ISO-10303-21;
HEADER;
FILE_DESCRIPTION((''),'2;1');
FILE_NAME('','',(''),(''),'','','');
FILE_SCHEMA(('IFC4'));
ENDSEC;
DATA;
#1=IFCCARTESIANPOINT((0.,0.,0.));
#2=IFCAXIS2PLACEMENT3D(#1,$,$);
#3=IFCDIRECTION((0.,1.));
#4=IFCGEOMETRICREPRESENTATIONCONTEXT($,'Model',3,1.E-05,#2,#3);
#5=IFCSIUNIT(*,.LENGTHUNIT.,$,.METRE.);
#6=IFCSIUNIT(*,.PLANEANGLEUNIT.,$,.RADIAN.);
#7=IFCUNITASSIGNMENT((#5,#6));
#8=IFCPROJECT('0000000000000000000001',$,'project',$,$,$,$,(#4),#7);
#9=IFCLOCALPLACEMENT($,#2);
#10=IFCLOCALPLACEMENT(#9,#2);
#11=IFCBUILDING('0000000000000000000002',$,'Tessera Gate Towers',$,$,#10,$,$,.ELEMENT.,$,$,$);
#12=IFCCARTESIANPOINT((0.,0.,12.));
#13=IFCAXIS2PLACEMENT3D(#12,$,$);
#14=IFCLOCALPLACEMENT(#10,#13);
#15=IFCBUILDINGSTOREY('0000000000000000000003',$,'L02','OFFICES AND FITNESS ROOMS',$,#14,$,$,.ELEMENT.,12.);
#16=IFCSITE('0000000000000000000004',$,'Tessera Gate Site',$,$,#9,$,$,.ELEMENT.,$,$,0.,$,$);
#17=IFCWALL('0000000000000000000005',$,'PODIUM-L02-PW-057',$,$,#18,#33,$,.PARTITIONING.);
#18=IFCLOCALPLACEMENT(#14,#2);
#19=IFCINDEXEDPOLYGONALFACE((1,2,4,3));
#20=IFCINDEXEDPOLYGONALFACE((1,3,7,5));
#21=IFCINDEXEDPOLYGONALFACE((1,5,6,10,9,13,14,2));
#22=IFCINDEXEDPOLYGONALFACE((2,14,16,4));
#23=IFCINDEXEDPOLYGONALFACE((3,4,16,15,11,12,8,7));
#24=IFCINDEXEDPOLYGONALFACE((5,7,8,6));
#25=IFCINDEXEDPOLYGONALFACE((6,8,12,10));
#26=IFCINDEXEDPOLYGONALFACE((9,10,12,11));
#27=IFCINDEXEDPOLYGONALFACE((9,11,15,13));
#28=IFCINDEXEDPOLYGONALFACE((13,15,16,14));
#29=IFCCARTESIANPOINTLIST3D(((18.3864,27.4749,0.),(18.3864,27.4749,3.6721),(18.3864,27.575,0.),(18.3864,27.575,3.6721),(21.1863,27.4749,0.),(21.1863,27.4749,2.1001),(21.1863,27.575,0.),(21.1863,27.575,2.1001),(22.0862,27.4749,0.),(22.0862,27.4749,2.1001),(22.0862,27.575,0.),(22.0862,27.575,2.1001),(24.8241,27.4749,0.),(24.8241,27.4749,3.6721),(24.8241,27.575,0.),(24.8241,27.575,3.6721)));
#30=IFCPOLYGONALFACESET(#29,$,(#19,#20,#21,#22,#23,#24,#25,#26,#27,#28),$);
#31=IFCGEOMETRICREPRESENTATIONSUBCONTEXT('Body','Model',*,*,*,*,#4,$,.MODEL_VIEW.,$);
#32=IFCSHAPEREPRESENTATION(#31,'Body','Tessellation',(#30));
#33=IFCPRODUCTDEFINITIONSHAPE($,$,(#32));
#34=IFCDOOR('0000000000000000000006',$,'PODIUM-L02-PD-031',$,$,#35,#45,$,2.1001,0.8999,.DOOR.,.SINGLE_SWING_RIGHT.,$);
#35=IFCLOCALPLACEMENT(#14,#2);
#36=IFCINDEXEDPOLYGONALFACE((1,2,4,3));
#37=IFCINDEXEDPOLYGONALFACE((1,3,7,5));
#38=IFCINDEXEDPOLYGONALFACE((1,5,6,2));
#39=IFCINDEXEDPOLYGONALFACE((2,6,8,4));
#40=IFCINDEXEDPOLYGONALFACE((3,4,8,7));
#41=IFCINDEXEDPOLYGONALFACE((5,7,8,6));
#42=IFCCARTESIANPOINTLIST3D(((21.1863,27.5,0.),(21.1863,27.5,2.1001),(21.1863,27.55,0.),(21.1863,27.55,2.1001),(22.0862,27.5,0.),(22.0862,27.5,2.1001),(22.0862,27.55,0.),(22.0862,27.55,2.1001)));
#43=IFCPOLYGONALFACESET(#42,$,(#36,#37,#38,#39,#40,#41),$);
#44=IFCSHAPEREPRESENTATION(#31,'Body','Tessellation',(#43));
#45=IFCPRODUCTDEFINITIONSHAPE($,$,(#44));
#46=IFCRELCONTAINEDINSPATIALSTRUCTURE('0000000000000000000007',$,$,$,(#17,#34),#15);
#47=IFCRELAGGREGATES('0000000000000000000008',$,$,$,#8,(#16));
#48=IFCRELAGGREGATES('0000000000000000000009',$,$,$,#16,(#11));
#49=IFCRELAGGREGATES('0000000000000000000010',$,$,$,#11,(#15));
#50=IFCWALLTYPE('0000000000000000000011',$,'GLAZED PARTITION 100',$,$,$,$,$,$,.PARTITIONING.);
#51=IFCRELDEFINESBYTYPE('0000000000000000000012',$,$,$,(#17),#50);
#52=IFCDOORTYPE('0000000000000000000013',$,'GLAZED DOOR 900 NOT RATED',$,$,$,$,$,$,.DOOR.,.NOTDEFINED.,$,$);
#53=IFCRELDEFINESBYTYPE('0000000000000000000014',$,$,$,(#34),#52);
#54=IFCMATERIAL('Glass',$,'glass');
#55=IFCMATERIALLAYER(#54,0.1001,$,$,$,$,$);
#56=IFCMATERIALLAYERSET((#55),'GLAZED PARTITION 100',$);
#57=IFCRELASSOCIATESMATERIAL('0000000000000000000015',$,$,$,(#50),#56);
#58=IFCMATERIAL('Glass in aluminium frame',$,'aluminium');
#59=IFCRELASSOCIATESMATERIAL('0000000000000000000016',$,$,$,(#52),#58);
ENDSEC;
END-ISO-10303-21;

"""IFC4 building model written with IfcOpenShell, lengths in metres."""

from ifc_helpers import new_model, si_unit, direction, frame, frame_2d, origin, place, context, subcontext, project, spatial, rectangle, extrude, source, transform, mapped, material, layer, layer_set, type_object, element, fill, save


model = new_model("IFC4")

# Units and contexts
model_context = context("Model", 3, precision=1e-05, world=origin(), true_north=direction((0.0, 1.0)))
body_context = subcontext(model_context, "Body", "Model", "MODEL_VIEW")
ifc_project = project(units=[si_unit("LENGTHUNIT", "METRE"), si_unit("PLANEANGLEUNIT", "RADIAN")], contexts=[model_context])

# Site, building, storey
site_placement = place(None, origin())
site = spatial("IfcSite", under=ifc_project, at=site_placement, Name="Tessera Gate Site", CompositionType="ELEMENT", RefElevation=0.0)
building_placement = place(site_placement, origin())
building = spatial("IfcBuilding", under=site, at=building_placement, Name="Tessera Gate Towers", CompositionType="ELEMENT")
storey_placement = place(building_placement, frame((0.0, 0.0, 12.0)))
storey = spatial("IfcBuildingStorey", under=building, at=storey_placement, Name="L02", Description="OFFICES AND FITNESS ROOMS", CompositionType="ELEMENT", Elevation=12.0)

# Wall, opening, door
ifc_material_1 = material(Name="Glass", Category="glass")
ifc_layer_1 = layer(ifc_material_1, 0.1001)
ifc_layer_set_1 = layer_set([ifc_layer_1], Name="GLAZED PARTITION 100")
wall_type_1 = type_object("IfcWallType", Name="GLAZED PARTITION 100", PredefinedType="PARTITIONING", material=ifc_layer_set_1)
shared_shape_1 = source(origin(), body_context, "Body", "SweptSolid", [
    extrude(rectangle(XDim=0.8999, YDim=2.1001, at=frame_2d((0.45, 1.05))), frame((0.0, 0.0601, 0.0), z_axis=(0.0, -1.0, 0.0), x_axis=(1.0, 0.0, 0.0)), (0.0, 0.0, 1.0), 0.1201),
])
ifc_material_2 = material(Name="Glass in aluminium frame", Category="aluminium")
door_type_1 = type_object("IfcDoorType", Name="GLAZED DOOR 900 NOT RATED", OperationType="NOTDEFINED", PredefinedType="DOOR", material=ifc_material_2)
shared_shape_2 = source(origin(), body_context, "Body", "SweptSolid", [
    extrude(rectangle(XDim=0.8999, YDim=2.1001, at=frame_2d((0.45, 1.05))), frame((0.0, 0.0249, 0.0), z_axis=(0.0, -1.0, 0.0), x_axis=(1.0, 0.0, 0.0)), (0.0, 0.0, 1.0), 0.05),
])
wall_1_placement = place(storey_placement, frame((24.824, 27.5249, 0.0), z_axis=(0.0, 0.0, 1.0), x_axis=(-1.0, 0.0, 0.0)))
wall_1 = element("IfcWall", 1, at=wall_1_placement, inside=storey, type_object=wall_type_1, Name="PODIUM-L02-PW-057", PredefinedType="PARTITIONING", context=body_context, shape_type="SweptSolid", body=[
    extrude(rectangle(XDim=6.4377, YDim=0.1001, at=frame_2d((3.2188, 0.0))), origin(), (0.0, 0.0, 1.0), 3.6721),
])
opening_1_placement = place(wall_1_placement, frame((2.7378, 0.0, 0.0)))
opening_1 = element("IfcOpeningElement", 2, at=opening_1_placement, cuts=wall_1, PredefinedType="OPENING", context=body_context, shape_type="MappedRepresentation", body=[
    mapped(shared_shape_1, transform((0.0, 0.0, 0.0), scale=1.0)),
])
door_1_placement = place(opening_1_placement, origin())
door_1 = element("IfcDoor", 3, at=door_1_placement, inside=storey, type_object=door_type_1, Name="PODIUM-L02-PD-031", OperationType="SINGLE_SWING_RIGHT", OverallHeight=2.1001, OverallWidth=0.8999, PredefinedType="DOOR", context=body_context, shape_type="MappedRepresentation", body=[
    mapped(shared_shape_2, transform((0.0, 0.0, 0.0), scale=1.0)),
])
fill(opening_1, door_1)

save(model, "model.ifc")
